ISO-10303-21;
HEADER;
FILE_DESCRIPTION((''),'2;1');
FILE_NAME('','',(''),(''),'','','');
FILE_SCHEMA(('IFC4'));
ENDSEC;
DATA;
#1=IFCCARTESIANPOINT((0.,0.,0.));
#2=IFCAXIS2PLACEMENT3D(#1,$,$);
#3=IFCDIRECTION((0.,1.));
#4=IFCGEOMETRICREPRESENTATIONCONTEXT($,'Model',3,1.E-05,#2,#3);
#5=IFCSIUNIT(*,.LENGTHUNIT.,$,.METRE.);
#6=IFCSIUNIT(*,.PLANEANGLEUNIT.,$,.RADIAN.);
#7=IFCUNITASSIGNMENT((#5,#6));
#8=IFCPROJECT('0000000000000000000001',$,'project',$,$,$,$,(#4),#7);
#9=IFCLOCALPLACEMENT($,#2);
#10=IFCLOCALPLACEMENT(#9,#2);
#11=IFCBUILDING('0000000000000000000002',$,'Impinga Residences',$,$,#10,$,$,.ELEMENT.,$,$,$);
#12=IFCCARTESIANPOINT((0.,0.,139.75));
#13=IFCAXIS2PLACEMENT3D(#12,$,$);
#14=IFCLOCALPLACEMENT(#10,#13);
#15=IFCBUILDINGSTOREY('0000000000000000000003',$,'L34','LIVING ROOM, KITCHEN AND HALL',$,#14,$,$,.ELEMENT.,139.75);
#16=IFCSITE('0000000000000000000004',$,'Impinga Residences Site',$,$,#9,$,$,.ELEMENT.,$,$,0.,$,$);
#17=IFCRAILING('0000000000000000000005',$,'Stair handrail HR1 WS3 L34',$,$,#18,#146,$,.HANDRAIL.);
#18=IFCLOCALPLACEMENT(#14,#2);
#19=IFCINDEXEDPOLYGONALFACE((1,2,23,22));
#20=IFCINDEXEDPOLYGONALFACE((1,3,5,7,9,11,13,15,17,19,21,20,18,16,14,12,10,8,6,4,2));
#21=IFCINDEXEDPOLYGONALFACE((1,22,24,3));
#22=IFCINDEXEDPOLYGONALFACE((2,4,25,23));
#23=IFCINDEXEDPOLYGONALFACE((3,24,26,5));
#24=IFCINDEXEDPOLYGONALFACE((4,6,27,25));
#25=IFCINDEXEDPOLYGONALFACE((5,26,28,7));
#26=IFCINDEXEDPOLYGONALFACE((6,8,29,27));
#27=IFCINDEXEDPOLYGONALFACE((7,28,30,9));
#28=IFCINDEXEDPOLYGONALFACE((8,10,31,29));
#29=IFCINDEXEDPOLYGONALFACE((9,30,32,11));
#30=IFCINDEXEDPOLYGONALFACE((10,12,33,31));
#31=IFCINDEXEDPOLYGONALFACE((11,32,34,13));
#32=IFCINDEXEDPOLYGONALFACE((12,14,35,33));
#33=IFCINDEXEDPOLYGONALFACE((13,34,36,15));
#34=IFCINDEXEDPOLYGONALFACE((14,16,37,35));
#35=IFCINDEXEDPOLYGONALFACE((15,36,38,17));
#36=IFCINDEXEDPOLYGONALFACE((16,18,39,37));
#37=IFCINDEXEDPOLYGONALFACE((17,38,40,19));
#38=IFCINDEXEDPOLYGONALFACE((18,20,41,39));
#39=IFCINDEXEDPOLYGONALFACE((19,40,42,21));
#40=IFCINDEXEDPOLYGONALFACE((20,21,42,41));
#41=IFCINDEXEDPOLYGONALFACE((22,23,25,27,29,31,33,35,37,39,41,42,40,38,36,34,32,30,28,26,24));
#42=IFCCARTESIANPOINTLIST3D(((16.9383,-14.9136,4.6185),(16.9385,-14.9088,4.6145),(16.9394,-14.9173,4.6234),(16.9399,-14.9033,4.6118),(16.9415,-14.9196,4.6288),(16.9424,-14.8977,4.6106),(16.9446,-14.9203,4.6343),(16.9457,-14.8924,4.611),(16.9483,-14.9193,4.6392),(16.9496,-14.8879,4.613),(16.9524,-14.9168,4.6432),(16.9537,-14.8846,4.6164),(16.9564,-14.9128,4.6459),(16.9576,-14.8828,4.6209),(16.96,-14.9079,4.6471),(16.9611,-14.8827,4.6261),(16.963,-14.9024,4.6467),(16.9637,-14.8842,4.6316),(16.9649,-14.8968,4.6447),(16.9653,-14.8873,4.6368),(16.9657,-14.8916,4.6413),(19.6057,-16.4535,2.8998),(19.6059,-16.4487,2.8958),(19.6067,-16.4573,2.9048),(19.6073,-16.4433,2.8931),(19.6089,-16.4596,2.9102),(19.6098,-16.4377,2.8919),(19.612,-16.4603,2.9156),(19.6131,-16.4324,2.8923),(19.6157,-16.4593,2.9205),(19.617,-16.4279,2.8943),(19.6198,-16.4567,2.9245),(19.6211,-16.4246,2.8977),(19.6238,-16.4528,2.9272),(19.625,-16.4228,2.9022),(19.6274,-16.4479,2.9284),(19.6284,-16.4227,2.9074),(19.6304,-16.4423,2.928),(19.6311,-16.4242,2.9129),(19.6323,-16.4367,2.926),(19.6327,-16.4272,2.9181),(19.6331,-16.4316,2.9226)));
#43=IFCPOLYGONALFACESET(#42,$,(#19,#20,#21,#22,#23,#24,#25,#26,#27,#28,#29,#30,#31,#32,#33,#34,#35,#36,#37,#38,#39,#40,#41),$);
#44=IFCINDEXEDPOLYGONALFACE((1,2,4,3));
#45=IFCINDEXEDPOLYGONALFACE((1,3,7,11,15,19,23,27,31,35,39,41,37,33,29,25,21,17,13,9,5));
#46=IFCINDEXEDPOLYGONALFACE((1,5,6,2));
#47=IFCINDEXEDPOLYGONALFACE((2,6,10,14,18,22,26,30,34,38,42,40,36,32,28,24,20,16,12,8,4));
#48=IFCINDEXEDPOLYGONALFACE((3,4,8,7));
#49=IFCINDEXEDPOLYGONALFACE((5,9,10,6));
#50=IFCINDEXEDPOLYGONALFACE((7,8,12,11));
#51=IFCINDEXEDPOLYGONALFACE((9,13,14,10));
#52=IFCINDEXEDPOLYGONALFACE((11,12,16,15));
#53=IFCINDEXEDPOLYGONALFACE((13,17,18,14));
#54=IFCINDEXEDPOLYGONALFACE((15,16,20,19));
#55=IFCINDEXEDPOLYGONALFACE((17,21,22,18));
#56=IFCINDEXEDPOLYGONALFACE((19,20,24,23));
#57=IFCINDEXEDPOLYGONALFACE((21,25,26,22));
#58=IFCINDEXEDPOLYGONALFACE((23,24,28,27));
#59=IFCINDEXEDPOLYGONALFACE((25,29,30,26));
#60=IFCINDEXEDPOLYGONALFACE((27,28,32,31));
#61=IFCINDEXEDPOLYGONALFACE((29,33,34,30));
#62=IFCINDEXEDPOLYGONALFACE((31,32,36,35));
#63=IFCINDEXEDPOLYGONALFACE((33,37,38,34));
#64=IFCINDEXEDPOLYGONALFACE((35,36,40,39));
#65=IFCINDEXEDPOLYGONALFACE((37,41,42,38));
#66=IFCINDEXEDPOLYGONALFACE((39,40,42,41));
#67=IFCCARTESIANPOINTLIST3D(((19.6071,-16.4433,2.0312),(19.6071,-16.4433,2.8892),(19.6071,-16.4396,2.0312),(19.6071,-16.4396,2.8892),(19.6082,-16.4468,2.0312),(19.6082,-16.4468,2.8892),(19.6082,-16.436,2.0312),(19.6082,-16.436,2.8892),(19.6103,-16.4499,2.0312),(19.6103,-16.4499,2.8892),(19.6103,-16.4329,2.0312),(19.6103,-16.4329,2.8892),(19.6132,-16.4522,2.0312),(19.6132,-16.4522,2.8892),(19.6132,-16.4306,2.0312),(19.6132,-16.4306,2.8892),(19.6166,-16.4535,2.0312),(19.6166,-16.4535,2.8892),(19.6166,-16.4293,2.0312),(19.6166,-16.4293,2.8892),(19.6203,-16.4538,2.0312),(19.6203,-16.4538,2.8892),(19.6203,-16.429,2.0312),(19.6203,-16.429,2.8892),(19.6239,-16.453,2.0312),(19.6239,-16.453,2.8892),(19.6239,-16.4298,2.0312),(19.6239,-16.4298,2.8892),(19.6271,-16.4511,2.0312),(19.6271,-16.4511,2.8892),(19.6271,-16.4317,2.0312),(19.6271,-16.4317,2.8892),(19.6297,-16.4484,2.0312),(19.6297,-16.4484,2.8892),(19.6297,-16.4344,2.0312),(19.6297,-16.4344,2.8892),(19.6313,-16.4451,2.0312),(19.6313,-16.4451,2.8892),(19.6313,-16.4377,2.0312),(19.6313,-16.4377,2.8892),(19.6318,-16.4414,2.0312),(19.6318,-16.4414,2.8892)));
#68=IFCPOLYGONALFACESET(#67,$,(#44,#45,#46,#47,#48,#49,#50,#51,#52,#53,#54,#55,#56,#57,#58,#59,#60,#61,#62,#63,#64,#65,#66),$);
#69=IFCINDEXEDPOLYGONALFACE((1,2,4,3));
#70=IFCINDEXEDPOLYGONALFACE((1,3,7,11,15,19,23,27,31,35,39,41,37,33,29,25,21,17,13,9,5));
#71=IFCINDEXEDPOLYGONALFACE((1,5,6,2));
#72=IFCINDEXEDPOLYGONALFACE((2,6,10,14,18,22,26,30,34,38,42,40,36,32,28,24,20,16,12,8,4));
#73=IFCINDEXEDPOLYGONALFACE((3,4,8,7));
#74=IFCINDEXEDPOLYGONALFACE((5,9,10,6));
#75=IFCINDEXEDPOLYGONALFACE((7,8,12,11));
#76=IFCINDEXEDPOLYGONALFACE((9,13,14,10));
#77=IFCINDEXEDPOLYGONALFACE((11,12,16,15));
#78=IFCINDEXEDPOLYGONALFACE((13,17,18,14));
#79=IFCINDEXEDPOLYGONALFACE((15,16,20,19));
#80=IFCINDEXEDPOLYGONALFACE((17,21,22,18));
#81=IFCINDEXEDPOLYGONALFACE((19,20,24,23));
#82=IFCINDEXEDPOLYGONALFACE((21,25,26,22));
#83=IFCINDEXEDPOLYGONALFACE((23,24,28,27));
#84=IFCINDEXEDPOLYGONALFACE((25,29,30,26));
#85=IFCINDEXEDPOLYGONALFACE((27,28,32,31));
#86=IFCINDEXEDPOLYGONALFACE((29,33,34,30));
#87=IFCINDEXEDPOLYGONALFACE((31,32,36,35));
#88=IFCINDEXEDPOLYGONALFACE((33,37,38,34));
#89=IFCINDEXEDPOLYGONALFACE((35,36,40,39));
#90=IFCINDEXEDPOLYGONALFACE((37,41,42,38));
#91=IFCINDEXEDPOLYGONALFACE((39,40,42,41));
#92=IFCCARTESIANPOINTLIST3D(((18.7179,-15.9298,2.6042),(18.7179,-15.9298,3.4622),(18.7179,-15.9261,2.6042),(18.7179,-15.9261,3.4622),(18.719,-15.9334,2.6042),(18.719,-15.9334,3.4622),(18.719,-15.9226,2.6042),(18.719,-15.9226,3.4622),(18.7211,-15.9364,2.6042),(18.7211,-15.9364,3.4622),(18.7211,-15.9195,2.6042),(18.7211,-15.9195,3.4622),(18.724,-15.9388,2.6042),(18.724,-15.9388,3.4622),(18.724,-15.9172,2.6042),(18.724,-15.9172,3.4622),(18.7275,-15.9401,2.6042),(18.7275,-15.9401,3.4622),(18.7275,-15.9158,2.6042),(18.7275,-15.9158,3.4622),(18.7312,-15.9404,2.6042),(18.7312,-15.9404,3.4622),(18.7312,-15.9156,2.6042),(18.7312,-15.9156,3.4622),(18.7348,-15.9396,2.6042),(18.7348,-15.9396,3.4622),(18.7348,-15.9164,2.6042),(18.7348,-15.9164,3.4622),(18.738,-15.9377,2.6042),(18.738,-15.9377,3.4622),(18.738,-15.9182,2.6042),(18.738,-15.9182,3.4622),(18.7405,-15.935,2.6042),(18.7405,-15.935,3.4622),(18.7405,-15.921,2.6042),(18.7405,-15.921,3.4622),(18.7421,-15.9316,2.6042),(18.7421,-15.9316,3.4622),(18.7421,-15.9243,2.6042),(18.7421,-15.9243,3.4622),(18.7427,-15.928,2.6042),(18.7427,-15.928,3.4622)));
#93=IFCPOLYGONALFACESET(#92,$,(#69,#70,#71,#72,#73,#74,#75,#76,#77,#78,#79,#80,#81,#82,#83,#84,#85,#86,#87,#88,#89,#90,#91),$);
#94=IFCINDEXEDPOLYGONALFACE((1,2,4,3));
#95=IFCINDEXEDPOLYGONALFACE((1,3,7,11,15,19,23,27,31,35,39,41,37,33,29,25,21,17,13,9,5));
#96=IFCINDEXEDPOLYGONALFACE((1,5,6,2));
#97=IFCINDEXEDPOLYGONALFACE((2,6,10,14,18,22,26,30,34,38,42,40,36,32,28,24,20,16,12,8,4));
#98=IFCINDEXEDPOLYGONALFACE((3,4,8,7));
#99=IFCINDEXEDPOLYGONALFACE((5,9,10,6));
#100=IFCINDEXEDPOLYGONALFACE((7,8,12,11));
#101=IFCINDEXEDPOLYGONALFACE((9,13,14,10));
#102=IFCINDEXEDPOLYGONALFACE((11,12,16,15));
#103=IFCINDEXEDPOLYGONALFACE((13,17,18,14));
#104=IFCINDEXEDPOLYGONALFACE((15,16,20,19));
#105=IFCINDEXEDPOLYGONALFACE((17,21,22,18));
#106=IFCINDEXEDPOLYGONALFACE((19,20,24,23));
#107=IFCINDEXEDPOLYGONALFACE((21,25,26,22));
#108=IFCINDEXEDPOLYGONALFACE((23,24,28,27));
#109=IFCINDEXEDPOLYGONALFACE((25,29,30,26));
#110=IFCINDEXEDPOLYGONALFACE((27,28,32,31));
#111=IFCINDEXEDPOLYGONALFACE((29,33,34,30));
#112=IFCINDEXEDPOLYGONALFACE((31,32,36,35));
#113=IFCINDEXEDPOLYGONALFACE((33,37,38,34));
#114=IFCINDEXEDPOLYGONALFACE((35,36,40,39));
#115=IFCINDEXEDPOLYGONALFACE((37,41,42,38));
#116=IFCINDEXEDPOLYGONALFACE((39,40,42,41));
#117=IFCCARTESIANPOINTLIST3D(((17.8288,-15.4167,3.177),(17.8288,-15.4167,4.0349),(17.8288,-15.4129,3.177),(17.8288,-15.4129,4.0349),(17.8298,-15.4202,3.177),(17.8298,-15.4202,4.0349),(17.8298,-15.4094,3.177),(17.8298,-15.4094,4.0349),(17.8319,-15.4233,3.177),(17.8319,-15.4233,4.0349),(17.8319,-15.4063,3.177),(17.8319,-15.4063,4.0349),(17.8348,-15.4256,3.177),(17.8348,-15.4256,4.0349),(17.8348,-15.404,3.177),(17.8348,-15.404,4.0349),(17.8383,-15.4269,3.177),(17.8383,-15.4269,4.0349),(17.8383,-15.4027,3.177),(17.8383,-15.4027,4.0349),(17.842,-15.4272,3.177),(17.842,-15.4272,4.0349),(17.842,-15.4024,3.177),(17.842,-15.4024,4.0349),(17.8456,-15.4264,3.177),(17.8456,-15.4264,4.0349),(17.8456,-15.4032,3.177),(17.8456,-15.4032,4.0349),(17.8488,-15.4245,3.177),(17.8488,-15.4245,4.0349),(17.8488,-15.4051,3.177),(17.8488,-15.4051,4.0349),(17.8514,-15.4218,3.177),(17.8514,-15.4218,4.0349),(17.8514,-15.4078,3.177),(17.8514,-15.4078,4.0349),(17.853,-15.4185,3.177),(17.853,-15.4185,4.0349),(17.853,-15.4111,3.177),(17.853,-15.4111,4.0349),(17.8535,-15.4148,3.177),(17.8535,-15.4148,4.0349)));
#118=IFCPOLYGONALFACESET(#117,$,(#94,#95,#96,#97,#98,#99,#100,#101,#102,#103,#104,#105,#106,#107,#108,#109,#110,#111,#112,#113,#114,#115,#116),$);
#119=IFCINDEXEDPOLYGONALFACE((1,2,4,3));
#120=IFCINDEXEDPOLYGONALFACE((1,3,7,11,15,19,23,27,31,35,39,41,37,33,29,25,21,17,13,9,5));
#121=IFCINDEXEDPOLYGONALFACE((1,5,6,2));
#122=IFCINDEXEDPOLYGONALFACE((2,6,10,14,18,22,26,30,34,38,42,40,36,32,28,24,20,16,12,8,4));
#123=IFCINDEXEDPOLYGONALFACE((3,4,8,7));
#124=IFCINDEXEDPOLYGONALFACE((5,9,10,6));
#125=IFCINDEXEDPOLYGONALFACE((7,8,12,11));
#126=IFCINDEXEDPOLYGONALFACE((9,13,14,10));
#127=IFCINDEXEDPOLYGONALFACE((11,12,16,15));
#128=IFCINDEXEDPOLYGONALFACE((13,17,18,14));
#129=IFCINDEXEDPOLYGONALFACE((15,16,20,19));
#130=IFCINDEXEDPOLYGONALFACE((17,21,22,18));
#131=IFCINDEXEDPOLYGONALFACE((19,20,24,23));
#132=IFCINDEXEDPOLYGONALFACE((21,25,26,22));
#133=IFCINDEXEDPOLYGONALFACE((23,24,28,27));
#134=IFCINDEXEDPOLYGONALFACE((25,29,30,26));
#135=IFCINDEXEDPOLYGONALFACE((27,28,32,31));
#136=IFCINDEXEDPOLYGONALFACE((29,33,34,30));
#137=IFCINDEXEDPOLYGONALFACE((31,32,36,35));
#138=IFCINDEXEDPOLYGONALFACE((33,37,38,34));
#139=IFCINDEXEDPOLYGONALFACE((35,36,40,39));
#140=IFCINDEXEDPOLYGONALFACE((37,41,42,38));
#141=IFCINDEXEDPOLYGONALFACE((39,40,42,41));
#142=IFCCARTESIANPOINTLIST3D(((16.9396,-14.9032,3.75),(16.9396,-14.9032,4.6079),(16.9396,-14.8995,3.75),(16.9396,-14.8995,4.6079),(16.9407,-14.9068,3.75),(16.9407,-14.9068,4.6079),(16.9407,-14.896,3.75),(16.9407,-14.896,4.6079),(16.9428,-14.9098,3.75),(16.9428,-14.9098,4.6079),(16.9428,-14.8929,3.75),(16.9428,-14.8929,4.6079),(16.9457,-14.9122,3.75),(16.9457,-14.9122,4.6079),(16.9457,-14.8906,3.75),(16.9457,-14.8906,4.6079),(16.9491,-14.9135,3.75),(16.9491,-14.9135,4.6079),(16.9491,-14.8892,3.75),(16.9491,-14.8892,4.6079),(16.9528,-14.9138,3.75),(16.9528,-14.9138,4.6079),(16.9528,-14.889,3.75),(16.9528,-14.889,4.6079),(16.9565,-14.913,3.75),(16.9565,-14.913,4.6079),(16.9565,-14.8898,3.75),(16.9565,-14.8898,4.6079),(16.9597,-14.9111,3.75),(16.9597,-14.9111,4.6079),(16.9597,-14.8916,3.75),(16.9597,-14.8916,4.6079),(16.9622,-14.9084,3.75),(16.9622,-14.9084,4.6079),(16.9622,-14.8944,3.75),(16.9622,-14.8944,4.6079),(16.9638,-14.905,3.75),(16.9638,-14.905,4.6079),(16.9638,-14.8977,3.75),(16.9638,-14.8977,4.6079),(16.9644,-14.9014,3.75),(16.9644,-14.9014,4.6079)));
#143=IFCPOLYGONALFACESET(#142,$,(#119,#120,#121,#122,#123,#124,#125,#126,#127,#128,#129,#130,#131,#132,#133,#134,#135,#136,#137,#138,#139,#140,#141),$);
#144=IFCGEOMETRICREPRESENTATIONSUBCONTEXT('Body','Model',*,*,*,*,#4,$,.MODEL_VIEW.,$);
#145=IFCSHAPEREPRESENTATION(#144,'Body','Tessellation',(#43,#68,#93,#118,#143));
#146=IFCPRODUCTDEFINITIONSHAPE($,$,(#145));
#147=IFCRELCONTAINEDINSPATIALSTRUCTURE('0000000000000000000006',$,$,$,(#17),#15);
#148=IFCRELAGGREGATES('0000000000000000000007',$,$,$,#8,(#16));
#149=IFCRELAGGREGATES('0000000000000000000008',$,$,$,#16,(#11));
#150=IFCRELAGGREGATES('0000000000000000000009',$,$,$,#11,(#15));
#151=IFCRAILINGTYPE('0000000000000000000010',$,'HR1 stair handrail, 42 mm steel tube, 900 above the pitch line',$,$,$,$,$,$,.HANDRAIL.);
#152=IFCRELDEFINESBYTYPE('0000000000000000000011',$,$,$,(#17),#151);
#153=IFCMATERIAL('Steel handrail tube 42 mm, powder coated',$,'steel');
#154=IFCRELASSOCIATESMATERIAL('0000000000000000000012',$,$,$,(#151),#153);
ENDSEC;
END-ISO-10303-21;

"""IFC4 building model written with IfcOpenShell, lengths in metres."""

from ifc_helpers import new_model, si_unit, direction, frame, origin, origin_2d, place, context, subcontext, project, spatial, circle, extrude, material, type_object, element, save


model = new_model("IFC4")

# Units and contexts
model_context = context("Model", 3, precision=1e-05, world=origin(), true_north=direction((0.0, 1.0)))
body_context = subcontext(model_context, "Body", "Model", "MODEL_VIEW")
ifc_project = project(units=[si_unit("LENGTHUNIT", "METRE"), si_unit("PLANEANGLEUNIT", "RADIAN")], contexts=[model_context])

# Site, building, storey
site_placement = place(None, origin())
site = spatial("IfcSite", under=ifc_project, at=site_placement, Name="Impinga Residences Site", CompositionType="ELEMENT", RefElevation=0.0)
building_placement = place(site_placement, origin())
building = spatial("IfcBuilding", under=site, at=building_placement, Name="Impinga Residences", CompositionType="ELEMENT")
storey_placement = place(building_placement, frame((0.0, 0.0, 139.75)))
storey = spatial("IfcBuildingStorey", under=building, at=storey_placement, Name="L34", Description="LIVING ROOM, KITCHEN AND HALL", CompositionType="ELEMENT", Elevation=139.75)

# Railing
ifc_material_1 = material(Name="Steel handrail tube 42 mm, powder coated", Category="steel")
railing_type_1 = type_object("IfcRailingType", Name="HR1 stair handrail, 42 mm steel tube, 900 above the pitch line", PredefinedType="HANDRAIL", material=ifc_material_1)
railing_1_placement = place(storey_placement, frame((19.6194, -16.4414, 2.0312)))
element("IfcRailing", 1, at=railing_1_placement, inside=storey, type_object=railing_type_1, Name="Stair handrail HR1 WS3 L34", PredefinedType="HANDRAIL", context=body_context, shape_type="SweptSolid", body=[
    extrude(circle(Radius=0.021, at=origin_2d()), frame((0.0, 0.0, 0.8789), z_axis=(-0.756256, 0.436616, 0.487282), x_axis=(-0.499992, -0.86603, 0.0)), (0.0, 0.0, 1.0), 3.5271),
    extrude(circle(Radius=0.0125, at=origin_2d()), origin(), (0.0, 0.0, 1.0), 0.8579),
    extrude(circle(Radius=0.0125, at=origin_2d()), frame((-0.8892, 0.5134, 0.573)), (0.0, 0.0, 1.0), 0.8579),
    extrude(circle(Radius=0.0125, at=origin_2d()), frame((-1.7783, 1.0266, 1.1458)), (0.0, 0.0, 1.0), 0.8579),
    extrude(circle(Radius=0.0125, at=origin_2d()), frame((-2.6675, 1.54, 1.7188)), (0.0, 0.0, 1.0), 0.8579),
])

save(model, "model.ifc")
